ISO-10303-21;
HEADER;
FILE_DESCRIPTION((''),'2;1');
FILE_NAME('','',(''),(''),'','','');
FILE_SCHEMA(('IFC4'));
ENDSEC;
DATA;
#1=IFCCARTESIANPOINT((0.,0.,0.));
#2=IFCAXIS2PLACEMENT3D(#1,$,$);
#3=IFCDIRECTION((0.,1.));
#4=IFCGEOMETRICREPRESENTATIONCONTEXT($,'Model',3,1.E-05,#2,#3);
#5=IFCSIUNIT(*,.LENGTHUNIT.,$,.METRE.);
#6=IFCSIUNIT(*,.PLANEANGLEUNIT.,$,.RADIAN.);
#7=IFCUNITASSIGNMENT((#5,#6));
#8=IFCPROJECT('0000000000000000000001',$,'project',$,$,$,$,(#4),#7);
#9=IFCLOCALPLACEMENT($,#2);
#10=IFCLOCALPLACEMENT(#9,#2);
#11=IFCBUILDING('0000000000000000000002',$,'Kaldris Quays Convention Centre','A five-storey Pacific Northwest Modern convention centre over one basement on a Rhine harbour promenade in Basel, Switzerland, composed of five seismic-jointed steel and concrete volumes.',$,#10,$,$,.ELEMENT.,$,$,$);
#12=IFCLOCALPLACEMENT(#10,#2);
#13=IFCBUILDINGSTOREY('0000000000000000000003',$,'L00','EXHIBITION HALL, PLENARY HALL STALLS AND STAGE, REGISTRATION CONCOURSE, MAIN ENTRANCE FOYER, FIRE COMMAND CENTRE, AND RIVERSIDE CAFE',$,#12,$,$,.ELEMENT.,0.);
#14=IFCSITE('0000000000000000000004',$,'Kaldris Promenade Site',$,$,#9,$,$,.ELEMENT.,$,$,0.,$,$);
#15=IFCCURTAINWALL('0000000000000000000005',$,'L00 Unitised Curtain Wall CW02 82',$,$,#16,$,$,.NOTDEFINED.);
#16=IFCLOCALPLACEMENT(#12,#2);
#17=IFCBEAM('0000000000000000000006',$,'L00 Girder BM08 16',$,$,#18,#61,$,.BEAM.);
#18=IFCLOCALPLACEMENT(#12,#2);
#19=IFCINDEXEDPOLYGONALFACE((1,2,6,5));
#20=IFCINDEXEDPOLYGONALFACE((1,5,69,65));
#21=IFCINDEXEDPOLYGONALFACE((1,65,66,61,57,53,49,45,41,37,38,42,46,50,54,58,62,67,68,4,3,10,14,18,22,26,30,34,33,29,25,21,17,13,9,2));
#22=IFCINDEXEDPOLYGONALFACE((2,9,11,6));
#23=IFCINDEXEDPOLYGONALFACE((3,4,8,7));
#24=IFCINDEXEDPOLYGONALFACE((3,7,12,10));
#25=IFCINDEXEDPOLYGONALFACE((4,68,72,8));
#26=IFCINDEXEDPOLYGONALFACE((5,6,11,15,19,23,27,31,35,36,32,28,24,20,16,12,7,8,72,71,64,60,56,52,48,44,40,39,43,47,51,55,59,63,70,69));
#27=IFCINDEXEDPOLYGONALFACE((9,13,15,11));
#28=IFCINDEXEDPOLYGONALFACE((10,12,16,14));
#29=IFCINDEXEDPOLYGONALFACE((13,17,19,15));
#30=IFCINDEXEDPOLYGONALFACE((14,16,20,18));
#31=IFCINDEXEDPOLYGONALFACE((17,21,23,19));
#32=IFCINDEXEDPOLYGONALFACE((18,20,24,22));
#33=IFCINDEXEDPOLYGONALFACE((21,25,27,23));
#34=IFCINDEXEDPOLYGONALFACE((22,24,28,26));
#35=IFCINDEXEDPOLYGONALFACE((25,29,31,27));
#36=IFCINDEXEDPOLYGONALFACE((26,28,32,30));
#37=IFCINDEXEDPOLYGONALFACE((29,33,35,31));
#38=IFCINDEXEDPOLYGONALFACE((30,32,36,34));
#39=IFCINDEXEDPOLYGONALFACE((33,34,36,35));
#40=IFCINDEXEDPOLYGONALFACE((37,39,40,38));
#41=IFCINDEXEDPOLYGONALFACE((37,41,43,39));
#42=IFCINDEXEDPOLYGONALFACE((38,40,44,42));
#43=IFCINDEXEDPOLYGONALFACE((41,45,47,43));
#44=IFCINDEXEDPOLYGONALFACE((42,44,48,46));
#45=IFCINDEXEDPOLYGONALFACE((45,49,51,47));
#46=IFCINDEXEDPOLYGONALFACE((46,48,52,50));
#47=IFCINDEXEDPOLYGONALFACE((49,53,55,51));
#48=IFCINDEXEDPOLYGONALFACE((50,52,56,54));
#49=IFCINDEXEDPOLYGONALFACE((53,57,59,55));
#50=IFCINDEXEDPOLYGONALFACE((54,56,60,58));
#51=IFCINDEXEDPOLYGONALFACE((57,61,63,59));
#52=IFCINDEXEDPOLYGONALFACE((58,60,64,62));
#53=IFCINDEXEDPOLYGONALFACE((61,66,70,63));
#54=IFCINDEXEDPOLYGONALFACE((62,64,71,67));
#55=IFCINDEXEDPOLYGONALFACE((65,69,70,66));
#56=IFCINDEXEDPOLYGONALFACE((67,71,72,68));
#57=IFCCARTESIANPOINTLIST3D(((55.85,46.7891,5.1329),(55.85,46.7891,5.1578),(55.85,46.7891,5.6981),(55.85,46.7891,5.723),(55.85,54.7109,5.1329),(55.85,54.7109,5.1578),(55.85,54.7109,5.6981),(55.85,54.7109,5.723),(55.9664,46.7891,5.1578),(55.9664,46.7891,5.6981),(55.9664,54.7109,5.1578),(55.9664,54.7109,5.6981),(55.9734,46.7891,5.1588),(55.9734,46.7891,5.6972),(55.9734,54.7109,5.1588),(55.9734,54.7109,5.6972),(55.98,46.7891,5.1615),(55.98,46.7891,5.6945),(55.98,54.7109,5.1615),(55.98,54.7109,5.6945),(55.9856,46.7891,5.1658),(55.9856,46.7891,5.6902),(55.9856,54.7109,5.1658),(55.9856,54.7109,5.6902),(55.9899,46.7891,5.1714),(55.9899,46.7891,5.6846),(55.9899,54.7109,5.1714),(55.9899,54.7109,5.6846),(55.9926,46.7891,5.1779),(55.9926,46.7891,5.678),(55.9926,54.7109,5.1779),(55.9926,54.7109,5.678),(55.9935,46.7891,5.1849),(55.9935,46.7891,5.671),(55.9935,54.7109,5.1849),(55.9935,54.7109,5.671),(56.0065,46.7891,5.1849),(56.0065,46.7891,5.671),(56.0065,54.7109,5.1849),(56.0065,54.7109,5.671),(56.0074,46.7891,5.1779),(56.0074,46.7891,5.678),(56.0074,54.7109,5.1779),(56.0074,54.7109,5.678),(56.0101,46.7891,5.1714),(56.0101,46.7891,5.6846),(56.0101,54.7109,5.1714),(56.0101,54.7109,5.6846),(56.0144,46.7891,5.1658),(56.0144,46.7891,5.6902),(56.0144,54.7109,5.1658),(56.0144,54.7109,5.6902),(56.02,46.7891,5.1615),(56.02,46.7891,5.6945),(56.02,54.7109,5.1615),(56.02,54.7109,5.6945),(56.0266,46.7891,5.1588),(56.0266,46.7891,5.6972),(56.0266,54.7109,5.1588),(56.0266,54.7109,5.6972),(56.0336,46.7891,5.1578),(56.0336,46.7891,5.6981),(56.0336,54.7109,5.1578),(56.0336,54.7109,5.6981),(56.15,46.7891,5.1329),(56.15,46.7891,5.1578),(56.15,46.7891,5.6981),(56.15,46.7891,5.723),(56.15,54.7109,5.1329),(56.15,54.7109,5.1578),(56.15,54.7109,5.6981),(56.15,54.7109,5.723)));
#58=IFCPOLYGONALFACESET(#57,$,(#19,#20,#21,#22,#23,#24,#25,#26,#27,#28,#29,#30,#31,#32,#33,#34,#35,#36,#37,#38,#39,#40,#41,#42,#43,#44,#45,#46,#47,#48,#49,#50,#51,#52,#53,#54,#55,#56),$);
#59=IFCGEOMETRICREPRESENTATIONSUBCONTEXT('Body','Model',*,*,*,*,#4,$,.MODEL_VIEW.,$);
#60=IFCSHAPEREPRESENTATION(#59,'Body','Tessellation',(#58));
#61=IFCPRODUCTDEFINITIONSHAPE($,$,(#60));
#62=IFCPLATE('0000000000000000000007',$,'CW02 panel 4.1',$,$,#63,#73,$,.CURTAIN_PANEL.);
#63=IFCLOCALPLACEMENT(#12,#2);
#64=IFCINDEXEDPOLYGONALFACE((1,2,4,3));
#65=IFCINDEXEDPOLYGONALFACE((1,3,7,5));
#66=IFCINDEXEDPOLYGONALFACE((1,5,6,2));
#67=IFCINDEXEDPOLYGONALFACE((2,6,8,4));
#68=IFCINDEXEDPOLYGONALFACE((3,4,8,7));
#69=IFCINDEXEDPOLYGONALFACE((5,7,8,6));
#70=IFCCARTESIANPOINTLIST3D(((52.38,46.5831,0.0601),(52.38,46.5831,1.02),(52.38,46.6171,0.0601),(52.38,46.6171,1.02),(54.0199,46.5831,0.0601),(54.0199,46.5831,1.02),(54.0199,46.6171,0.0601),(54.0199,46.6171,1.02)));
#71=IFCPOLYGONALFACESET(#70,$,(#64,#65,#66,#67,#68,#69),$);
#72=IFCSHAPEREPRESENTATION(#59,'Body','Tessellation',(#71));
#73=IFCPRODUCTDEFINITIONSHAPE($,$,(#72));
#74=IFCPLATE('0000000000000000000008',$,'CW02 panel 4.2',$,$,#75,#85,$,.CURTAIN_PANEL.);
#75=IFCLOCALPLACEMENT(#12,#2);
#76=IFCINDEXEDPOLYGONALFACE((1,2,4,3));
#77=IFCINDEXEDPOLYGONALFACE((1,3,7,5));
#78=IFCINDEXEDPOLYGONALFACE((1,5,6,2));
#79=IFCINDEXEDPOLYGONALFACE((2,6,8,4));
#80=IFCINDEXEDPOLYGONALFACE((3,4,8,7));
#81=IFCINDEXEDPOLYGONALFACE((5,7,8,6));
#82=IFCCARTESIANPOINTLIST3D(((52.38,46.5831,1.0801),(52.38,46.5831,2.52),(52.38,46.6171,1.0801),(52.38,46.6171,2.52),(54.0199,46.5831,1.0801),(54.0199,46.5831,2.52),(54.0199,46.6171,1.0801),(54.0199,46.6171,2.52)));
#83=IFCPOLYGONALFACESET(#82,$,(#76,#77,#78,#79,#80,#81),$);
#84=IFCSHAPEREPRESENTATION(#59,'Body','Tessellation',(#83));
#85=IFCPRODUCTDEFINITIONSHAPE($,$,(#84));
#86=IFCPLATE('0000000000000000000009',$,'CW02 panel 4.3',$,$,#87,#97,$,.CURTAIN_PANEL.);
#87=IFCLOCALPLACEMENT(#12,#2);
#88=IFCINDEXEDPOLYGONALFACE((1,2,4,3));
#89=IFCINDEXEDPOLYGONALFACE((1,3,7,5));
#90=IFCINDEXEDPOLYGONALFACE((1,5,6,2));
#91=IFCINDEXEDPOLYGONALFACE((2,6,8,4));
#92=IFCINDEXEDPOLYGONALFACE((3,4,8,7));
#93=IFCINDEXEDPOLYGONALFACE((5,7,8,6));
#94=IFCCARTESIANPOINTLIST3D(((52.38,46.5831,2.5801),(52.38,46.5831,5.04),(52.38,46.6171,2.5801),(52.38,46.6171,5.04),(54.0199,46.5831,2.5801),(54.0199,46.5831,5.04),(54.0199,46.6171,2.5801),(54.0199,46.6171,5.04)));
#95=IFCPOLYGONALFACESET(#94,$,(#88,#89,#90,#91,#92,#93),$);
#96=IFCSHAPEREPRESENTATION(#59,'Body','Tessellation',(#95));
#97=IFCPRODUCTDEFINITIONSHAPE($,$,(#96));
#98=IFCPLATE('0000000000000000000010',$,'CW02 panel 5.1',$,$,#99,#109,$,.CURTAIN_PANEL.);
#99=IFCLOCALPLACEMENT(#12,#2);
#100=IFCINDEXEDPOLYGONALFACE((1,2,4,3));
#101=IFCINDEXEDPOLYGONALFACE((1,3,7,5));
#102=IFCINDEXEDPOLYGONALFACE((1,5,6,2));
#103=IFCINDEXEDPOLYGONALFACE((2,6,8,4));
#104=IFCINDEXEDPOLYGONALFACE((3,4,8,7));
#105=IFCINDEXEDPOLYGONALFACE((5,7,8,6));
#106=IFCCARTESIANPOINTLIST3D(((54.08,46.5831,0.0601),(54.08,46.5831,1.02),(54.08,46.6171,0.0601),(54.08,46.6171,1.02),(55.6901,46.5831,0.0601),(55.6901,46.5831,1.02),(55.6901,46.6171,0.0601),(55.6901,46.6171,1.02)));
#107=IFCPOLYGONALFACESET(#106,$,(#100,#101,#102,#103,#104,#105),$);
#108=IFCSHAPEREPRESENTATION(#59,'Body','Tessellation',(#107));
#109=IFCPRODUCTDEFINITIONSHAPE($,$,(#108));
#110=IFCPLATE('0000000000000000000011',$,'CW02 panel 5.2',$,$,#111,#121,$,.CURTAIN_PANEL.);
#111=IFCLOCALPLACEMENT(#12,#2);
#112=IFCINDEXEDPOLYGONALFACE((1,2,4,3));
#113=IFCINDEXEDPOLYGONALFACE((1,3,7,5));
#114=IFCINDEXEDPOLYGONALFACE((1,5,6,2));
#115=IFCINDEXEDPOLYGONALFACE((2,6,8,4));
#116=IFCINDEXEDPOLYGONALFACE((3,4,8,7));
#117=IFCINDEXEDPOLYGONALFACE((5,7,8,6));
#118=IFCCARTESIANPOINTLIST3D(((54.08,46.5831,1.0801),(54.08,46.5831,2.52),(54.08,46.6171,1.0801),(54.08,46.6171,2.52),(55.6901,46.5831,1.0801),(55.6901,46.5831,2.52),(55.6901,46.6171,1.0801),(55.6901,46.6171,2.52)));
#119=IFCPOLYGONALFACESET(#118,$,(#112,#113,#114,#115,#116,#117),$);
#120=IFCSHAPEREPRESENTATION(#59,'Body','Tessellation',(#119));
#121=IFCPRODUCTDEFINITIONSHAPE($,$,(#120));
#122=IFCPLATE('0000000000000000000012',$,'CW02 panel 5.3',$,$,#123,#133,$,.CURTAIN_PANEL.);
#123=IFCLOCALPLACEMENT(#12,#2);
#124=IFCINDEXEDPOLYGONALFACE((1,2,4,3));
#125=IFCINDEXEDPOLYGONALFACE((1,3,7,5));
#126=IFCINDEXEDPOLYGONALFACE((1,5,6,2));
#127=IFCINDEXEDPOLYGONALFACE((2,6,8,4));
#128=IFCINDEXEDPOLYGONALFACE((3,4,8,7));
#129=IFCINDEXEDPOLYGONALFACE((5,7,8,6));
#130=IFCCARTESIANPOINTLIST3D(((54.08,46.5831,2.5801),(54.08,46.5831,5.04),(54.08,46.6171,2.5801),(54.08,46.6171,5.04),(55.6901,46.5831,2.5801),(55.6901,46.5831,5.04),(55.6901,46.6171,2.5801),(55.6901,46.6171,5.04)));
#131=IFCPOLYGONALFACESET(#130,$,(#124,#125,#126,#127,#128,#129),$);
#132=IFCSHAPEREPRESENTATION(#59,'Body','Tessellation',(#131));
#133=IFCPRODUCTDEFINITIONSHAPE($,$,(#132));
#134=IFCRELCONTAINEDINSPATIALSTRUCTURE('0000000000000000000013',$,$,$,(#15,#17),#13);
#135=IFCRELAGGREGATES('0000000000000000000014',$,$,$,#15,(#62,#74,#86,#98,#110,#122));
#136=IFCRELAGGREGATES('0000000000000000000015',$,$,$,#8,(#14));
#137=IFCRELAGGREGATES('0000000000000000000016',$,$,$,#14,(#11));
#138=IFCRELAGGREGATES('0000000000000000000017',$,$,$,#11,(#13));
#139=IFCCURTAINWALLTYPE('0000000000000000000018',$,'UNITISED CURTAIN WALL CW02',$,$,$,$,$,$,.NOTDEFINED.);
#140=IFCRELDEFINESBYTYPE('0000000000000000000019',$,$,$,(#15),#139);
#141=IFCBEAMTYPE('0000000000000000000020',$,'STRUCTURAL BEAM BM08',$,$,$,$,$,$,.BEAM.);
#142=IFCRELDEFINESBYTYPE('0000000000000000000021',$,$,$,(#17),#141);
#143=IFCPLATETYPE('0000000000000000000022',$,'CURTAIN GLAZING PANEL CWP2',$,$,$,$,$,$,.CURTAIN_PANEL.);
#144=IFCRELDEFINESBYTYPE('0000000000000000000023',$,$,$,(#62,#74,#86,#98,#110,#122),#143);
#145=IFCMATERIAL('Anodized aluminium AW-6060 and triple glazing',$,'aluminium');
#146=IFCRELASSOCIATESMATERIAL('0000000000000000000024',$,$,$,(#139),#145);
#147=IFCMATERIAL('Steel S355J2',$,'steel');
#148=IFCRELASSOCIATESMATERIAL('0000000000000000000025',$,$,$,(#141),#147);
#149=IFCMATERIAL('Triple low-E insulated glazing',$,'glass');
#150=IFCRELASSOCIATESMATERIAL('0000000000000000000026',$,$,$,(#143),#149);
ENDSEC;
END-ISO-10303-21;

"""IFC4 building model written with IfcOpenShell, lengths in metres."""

from ifc_helpers import new_model, si_unit, direction, frame, origin, origin_2d, place, context, subcontext, project, spatial, rectangle, i_section, extrude, material, material_profile, profile_set, type_object, element, aggregate, save


model = new_model("IFC4")

# Units and contexts
model_context = context("Model", 3, precision=1e-05, world=origin(), true_north=direction((0.0, 1.0)))
body_context = subcontext(model_context, "Body", "Model", "MODEL_VIEW")
ifc_project = project(units=[si_unit("LENGTHUNIT", "METRE"), si_unit("PLANEANGLEUNIT", "RADIAN")], contexts=[model_context])

# Site, building, storey
site_placement = place(None, origin())
site = spatial("IfcSite", under=ifc_project, at=site_placement, Name="Kaldris Promenade Site", CompositionType="ELEMENT", RefElevation=0.0)
building_placement = place(site_placement, origin())
building = spatial("IfcBuilding", under=site, at=building_placement, Name="Kaldris Quays Convention Centre", Description="A five-storey Pacific Northwest Modern convention centre over one basement on a Rhine harbour promenade in Basel, Switzerland, composed of five seismic-jointed steel and concrete volumes.", CompositionType="ELEMENT")
storey_placement = place(building_placement, origin())
storey = spatial("IfcBuildingStorey", under=building, at=storey_placement, Name="L00", Description="EXHIBITION HALL, PLENARY HALL STALLS AND STAGE, REGISTRATION CONCOURSE, MAIN ENTRANCE FOYER, FIRE COMMAND CENTRE, AND RIVERSIDE CAFE", CompositionType="ELEMENT", Elevation=0.0)

# Shared definitions
ifc_material_1 = material(Name="Steel S355J2", Category="steel")

# Curtain wall
ifc_material_2 = material(Name="Anodized aluminium AW-6060 and triple glazing", Category="aluminium")
curtain_wall_type = type_object("IfcCurtainWallType", Name="UNITISED CURTAIN WALL CW02", PredefinedType="NOTDEFINED", material=ifc_material_2)
curtain_wall_1_placement = place(storey_placement, origin())
curtain_wall_1 = element("IfcCurtainWall", 1, at=curtain_wall_1_placement, inside=storey, type_object=curtain_wall_type, Name="L00 Unitised Curtain Wall CW02 82", PredefinedType="NOTDEFINED")

# Beam
ifc_material_profile_1 = material_profile(ifc_material_1, i_section(OverallWidth=0.3, OverallDepth=0.5901, WebThickness=0.0129, FlangeThickness=0.0249, FilletRadius=0.0271, at=origin_2d()), Name="HEA 600")
ifc_profile_set_1 = profile_set([ifc_material_profile_1], Name="Steel S355J2")
beam_type_1 = type_object("IfcBeamType", Name="STRUCTURAL BEAM BM08", PredefinedType="BEAM", material=ifc_profile_set_1)
beam_1_placement = place(storey_placement, frame((56.0, 46.7891, 5.428), z_axis=(0.0, 1.0, 0.0), x_axis=(-1.0, 0.0, 0.0)))
element("IfcBeam", 2, at=beam_1_placement, inside=storey, type_object=beam_type_1, Name="L00 Girder BM08 16", PredefinedType="BEAM", context=body_context, shape_type="SweptSolid", body=[
    extrude(i_section(OverallWidth=0.3, OverallDepth=0.5901, WebThickness=0.0129, FlangeThickness=0.0249, FilletRadius=0.0271, at=origin_2d()), origin(), (0.0, 0.0, 1.0), 7.9219),
])

# Plates
ifc_material_3 = material(Name="Triple low-E insulated glazing", Category="glass")
plate_type = type_object("IfcPlateType", Name="CURTAIN GLAZING PANEL CWP2", PredefinedType="CURTAIN_PANEL", material=ifc_material_3)
plate_1_placement = place(storey_placement, frame((53.2, 46.6001, 0.0601), z_axis=(0.0, 0.0, 1.0), x_axis=(1.0, 0.0, 0.0)))
plate_1 = element("IfcPlate", 3, at=plate_1_placement, type_object=plate_type, Name="CW02 panel 4.1", PredefinedType="CURTAIN_PANEL", context=body_context, shape_type="SweptSolid", body=[
    extrude(rectangle(XDim=1.6399, YDim=0.0339, at=origin_2d()), origin(), (0.0, 0.0, 1.0), 0.96),
])
plate_2_placement = place(storey_placement, frame((53.2, 46.6001, 1.0801), z_axis=(0.0, 0.0, 1.0), x_axis=(1.0, 0.0, 0.0)))
plate_2 = element("IfcPlate", 4, at=plate_2_placement, type_object=plate_type, Name="CW02 panel 4.2", PredefinedType="CURTAIN_PANEL", context=body_context, shape_type="SweptSolid", body=[
    extrude(rectangle(XDim=1.6399, YDim=0.0339, at=origin_2d()), origin(), (0.0, 0.0, 1.0), 1.4399),
])
plate_3_placement = place(storey_placement, frame((53.2, 46.6001, 2.5801), z_axis=(0.0, 0.0, 1.0), x_axis=(1.0, 0.0, 0.0)))
plate_3 = element("IfcPlate", 5, at=plate_3_placement, type_object=plate_type, Name="CW02 panel 4.3", PredefinedType="CURTAIN_PANEL", context=body_context, shape_type="SweptSolid", body=[
    extrude(rectangle(XDim=1.6399, YDim=0.0339, at=origin_2d()), origin(), (0.0, 0.0, 1.0), 2.46),
])
plate_4_placement = place(storey_placement, frame((54.885, 46.6001, 0.0601), z_axis=(0.0, 0.0, 1.0), x_axis=(1.0, 0.0, 0.0)))
plate_4 = element("IfcPlate", 6, at=plate_4_placement, type_object=plate_type, Name="CW02 panel 5.1", PredefinedType="CURTAIN_PANEL", context=body_context, shape_type="SweptSolid", body=[
    extrude(rectangle(XDim=1.6101, YDim=0.0339, at=origin_2d()), origin(), (0.0, 0.0, 1.0), 0.96),
])
plate_5_placement = place(storey_placement, frame((54.885, 46.6001, 1.0801), z_axis=(0.0, 0.0, 1.0), x_axis=(1.0, 0.0, 0.0)))
plate_5 = element("IfcPlate", 7, at=plate_5_placement, type_object=plate_type, Name="CW02 panel 5.2", PredefinedType="CURTAIN_PANEL", context=body_context, shape_type="SweptSolid", body=[
    extrude(rectangle(XDim=1.6101, YDim=0.0339, at=origin_2d()), origin(), (0.0, 0.0, 1.0), 1.4399),
])
plate_6_placement = place(storey_placement, frame((54.885, 46.6001, 2.5801), z_axis=(0.0, 0.0, 1.0), x_axis=(1.0, 0.0, 0.0)))
plate_6 = element("IfcPlate", 8, at=plate_6_placement, type_object=plate_type, Name="CW02 panel 5.3", PredefinedType="CURTAIN_PANEL", context=body_context, shape_type="SweptSolid", body=[
    extrude(rectangle(XDim=1.6101, YDim=0.0339, at=origin_2d()), origin(), (0.0, 0.0, 1.0), 2.46),
])
aggregate(curtain_wall_1, [plate_1, plate_2, plate_3, plate_4, plate_5, plate_6])

save(model, "model.ifc")
